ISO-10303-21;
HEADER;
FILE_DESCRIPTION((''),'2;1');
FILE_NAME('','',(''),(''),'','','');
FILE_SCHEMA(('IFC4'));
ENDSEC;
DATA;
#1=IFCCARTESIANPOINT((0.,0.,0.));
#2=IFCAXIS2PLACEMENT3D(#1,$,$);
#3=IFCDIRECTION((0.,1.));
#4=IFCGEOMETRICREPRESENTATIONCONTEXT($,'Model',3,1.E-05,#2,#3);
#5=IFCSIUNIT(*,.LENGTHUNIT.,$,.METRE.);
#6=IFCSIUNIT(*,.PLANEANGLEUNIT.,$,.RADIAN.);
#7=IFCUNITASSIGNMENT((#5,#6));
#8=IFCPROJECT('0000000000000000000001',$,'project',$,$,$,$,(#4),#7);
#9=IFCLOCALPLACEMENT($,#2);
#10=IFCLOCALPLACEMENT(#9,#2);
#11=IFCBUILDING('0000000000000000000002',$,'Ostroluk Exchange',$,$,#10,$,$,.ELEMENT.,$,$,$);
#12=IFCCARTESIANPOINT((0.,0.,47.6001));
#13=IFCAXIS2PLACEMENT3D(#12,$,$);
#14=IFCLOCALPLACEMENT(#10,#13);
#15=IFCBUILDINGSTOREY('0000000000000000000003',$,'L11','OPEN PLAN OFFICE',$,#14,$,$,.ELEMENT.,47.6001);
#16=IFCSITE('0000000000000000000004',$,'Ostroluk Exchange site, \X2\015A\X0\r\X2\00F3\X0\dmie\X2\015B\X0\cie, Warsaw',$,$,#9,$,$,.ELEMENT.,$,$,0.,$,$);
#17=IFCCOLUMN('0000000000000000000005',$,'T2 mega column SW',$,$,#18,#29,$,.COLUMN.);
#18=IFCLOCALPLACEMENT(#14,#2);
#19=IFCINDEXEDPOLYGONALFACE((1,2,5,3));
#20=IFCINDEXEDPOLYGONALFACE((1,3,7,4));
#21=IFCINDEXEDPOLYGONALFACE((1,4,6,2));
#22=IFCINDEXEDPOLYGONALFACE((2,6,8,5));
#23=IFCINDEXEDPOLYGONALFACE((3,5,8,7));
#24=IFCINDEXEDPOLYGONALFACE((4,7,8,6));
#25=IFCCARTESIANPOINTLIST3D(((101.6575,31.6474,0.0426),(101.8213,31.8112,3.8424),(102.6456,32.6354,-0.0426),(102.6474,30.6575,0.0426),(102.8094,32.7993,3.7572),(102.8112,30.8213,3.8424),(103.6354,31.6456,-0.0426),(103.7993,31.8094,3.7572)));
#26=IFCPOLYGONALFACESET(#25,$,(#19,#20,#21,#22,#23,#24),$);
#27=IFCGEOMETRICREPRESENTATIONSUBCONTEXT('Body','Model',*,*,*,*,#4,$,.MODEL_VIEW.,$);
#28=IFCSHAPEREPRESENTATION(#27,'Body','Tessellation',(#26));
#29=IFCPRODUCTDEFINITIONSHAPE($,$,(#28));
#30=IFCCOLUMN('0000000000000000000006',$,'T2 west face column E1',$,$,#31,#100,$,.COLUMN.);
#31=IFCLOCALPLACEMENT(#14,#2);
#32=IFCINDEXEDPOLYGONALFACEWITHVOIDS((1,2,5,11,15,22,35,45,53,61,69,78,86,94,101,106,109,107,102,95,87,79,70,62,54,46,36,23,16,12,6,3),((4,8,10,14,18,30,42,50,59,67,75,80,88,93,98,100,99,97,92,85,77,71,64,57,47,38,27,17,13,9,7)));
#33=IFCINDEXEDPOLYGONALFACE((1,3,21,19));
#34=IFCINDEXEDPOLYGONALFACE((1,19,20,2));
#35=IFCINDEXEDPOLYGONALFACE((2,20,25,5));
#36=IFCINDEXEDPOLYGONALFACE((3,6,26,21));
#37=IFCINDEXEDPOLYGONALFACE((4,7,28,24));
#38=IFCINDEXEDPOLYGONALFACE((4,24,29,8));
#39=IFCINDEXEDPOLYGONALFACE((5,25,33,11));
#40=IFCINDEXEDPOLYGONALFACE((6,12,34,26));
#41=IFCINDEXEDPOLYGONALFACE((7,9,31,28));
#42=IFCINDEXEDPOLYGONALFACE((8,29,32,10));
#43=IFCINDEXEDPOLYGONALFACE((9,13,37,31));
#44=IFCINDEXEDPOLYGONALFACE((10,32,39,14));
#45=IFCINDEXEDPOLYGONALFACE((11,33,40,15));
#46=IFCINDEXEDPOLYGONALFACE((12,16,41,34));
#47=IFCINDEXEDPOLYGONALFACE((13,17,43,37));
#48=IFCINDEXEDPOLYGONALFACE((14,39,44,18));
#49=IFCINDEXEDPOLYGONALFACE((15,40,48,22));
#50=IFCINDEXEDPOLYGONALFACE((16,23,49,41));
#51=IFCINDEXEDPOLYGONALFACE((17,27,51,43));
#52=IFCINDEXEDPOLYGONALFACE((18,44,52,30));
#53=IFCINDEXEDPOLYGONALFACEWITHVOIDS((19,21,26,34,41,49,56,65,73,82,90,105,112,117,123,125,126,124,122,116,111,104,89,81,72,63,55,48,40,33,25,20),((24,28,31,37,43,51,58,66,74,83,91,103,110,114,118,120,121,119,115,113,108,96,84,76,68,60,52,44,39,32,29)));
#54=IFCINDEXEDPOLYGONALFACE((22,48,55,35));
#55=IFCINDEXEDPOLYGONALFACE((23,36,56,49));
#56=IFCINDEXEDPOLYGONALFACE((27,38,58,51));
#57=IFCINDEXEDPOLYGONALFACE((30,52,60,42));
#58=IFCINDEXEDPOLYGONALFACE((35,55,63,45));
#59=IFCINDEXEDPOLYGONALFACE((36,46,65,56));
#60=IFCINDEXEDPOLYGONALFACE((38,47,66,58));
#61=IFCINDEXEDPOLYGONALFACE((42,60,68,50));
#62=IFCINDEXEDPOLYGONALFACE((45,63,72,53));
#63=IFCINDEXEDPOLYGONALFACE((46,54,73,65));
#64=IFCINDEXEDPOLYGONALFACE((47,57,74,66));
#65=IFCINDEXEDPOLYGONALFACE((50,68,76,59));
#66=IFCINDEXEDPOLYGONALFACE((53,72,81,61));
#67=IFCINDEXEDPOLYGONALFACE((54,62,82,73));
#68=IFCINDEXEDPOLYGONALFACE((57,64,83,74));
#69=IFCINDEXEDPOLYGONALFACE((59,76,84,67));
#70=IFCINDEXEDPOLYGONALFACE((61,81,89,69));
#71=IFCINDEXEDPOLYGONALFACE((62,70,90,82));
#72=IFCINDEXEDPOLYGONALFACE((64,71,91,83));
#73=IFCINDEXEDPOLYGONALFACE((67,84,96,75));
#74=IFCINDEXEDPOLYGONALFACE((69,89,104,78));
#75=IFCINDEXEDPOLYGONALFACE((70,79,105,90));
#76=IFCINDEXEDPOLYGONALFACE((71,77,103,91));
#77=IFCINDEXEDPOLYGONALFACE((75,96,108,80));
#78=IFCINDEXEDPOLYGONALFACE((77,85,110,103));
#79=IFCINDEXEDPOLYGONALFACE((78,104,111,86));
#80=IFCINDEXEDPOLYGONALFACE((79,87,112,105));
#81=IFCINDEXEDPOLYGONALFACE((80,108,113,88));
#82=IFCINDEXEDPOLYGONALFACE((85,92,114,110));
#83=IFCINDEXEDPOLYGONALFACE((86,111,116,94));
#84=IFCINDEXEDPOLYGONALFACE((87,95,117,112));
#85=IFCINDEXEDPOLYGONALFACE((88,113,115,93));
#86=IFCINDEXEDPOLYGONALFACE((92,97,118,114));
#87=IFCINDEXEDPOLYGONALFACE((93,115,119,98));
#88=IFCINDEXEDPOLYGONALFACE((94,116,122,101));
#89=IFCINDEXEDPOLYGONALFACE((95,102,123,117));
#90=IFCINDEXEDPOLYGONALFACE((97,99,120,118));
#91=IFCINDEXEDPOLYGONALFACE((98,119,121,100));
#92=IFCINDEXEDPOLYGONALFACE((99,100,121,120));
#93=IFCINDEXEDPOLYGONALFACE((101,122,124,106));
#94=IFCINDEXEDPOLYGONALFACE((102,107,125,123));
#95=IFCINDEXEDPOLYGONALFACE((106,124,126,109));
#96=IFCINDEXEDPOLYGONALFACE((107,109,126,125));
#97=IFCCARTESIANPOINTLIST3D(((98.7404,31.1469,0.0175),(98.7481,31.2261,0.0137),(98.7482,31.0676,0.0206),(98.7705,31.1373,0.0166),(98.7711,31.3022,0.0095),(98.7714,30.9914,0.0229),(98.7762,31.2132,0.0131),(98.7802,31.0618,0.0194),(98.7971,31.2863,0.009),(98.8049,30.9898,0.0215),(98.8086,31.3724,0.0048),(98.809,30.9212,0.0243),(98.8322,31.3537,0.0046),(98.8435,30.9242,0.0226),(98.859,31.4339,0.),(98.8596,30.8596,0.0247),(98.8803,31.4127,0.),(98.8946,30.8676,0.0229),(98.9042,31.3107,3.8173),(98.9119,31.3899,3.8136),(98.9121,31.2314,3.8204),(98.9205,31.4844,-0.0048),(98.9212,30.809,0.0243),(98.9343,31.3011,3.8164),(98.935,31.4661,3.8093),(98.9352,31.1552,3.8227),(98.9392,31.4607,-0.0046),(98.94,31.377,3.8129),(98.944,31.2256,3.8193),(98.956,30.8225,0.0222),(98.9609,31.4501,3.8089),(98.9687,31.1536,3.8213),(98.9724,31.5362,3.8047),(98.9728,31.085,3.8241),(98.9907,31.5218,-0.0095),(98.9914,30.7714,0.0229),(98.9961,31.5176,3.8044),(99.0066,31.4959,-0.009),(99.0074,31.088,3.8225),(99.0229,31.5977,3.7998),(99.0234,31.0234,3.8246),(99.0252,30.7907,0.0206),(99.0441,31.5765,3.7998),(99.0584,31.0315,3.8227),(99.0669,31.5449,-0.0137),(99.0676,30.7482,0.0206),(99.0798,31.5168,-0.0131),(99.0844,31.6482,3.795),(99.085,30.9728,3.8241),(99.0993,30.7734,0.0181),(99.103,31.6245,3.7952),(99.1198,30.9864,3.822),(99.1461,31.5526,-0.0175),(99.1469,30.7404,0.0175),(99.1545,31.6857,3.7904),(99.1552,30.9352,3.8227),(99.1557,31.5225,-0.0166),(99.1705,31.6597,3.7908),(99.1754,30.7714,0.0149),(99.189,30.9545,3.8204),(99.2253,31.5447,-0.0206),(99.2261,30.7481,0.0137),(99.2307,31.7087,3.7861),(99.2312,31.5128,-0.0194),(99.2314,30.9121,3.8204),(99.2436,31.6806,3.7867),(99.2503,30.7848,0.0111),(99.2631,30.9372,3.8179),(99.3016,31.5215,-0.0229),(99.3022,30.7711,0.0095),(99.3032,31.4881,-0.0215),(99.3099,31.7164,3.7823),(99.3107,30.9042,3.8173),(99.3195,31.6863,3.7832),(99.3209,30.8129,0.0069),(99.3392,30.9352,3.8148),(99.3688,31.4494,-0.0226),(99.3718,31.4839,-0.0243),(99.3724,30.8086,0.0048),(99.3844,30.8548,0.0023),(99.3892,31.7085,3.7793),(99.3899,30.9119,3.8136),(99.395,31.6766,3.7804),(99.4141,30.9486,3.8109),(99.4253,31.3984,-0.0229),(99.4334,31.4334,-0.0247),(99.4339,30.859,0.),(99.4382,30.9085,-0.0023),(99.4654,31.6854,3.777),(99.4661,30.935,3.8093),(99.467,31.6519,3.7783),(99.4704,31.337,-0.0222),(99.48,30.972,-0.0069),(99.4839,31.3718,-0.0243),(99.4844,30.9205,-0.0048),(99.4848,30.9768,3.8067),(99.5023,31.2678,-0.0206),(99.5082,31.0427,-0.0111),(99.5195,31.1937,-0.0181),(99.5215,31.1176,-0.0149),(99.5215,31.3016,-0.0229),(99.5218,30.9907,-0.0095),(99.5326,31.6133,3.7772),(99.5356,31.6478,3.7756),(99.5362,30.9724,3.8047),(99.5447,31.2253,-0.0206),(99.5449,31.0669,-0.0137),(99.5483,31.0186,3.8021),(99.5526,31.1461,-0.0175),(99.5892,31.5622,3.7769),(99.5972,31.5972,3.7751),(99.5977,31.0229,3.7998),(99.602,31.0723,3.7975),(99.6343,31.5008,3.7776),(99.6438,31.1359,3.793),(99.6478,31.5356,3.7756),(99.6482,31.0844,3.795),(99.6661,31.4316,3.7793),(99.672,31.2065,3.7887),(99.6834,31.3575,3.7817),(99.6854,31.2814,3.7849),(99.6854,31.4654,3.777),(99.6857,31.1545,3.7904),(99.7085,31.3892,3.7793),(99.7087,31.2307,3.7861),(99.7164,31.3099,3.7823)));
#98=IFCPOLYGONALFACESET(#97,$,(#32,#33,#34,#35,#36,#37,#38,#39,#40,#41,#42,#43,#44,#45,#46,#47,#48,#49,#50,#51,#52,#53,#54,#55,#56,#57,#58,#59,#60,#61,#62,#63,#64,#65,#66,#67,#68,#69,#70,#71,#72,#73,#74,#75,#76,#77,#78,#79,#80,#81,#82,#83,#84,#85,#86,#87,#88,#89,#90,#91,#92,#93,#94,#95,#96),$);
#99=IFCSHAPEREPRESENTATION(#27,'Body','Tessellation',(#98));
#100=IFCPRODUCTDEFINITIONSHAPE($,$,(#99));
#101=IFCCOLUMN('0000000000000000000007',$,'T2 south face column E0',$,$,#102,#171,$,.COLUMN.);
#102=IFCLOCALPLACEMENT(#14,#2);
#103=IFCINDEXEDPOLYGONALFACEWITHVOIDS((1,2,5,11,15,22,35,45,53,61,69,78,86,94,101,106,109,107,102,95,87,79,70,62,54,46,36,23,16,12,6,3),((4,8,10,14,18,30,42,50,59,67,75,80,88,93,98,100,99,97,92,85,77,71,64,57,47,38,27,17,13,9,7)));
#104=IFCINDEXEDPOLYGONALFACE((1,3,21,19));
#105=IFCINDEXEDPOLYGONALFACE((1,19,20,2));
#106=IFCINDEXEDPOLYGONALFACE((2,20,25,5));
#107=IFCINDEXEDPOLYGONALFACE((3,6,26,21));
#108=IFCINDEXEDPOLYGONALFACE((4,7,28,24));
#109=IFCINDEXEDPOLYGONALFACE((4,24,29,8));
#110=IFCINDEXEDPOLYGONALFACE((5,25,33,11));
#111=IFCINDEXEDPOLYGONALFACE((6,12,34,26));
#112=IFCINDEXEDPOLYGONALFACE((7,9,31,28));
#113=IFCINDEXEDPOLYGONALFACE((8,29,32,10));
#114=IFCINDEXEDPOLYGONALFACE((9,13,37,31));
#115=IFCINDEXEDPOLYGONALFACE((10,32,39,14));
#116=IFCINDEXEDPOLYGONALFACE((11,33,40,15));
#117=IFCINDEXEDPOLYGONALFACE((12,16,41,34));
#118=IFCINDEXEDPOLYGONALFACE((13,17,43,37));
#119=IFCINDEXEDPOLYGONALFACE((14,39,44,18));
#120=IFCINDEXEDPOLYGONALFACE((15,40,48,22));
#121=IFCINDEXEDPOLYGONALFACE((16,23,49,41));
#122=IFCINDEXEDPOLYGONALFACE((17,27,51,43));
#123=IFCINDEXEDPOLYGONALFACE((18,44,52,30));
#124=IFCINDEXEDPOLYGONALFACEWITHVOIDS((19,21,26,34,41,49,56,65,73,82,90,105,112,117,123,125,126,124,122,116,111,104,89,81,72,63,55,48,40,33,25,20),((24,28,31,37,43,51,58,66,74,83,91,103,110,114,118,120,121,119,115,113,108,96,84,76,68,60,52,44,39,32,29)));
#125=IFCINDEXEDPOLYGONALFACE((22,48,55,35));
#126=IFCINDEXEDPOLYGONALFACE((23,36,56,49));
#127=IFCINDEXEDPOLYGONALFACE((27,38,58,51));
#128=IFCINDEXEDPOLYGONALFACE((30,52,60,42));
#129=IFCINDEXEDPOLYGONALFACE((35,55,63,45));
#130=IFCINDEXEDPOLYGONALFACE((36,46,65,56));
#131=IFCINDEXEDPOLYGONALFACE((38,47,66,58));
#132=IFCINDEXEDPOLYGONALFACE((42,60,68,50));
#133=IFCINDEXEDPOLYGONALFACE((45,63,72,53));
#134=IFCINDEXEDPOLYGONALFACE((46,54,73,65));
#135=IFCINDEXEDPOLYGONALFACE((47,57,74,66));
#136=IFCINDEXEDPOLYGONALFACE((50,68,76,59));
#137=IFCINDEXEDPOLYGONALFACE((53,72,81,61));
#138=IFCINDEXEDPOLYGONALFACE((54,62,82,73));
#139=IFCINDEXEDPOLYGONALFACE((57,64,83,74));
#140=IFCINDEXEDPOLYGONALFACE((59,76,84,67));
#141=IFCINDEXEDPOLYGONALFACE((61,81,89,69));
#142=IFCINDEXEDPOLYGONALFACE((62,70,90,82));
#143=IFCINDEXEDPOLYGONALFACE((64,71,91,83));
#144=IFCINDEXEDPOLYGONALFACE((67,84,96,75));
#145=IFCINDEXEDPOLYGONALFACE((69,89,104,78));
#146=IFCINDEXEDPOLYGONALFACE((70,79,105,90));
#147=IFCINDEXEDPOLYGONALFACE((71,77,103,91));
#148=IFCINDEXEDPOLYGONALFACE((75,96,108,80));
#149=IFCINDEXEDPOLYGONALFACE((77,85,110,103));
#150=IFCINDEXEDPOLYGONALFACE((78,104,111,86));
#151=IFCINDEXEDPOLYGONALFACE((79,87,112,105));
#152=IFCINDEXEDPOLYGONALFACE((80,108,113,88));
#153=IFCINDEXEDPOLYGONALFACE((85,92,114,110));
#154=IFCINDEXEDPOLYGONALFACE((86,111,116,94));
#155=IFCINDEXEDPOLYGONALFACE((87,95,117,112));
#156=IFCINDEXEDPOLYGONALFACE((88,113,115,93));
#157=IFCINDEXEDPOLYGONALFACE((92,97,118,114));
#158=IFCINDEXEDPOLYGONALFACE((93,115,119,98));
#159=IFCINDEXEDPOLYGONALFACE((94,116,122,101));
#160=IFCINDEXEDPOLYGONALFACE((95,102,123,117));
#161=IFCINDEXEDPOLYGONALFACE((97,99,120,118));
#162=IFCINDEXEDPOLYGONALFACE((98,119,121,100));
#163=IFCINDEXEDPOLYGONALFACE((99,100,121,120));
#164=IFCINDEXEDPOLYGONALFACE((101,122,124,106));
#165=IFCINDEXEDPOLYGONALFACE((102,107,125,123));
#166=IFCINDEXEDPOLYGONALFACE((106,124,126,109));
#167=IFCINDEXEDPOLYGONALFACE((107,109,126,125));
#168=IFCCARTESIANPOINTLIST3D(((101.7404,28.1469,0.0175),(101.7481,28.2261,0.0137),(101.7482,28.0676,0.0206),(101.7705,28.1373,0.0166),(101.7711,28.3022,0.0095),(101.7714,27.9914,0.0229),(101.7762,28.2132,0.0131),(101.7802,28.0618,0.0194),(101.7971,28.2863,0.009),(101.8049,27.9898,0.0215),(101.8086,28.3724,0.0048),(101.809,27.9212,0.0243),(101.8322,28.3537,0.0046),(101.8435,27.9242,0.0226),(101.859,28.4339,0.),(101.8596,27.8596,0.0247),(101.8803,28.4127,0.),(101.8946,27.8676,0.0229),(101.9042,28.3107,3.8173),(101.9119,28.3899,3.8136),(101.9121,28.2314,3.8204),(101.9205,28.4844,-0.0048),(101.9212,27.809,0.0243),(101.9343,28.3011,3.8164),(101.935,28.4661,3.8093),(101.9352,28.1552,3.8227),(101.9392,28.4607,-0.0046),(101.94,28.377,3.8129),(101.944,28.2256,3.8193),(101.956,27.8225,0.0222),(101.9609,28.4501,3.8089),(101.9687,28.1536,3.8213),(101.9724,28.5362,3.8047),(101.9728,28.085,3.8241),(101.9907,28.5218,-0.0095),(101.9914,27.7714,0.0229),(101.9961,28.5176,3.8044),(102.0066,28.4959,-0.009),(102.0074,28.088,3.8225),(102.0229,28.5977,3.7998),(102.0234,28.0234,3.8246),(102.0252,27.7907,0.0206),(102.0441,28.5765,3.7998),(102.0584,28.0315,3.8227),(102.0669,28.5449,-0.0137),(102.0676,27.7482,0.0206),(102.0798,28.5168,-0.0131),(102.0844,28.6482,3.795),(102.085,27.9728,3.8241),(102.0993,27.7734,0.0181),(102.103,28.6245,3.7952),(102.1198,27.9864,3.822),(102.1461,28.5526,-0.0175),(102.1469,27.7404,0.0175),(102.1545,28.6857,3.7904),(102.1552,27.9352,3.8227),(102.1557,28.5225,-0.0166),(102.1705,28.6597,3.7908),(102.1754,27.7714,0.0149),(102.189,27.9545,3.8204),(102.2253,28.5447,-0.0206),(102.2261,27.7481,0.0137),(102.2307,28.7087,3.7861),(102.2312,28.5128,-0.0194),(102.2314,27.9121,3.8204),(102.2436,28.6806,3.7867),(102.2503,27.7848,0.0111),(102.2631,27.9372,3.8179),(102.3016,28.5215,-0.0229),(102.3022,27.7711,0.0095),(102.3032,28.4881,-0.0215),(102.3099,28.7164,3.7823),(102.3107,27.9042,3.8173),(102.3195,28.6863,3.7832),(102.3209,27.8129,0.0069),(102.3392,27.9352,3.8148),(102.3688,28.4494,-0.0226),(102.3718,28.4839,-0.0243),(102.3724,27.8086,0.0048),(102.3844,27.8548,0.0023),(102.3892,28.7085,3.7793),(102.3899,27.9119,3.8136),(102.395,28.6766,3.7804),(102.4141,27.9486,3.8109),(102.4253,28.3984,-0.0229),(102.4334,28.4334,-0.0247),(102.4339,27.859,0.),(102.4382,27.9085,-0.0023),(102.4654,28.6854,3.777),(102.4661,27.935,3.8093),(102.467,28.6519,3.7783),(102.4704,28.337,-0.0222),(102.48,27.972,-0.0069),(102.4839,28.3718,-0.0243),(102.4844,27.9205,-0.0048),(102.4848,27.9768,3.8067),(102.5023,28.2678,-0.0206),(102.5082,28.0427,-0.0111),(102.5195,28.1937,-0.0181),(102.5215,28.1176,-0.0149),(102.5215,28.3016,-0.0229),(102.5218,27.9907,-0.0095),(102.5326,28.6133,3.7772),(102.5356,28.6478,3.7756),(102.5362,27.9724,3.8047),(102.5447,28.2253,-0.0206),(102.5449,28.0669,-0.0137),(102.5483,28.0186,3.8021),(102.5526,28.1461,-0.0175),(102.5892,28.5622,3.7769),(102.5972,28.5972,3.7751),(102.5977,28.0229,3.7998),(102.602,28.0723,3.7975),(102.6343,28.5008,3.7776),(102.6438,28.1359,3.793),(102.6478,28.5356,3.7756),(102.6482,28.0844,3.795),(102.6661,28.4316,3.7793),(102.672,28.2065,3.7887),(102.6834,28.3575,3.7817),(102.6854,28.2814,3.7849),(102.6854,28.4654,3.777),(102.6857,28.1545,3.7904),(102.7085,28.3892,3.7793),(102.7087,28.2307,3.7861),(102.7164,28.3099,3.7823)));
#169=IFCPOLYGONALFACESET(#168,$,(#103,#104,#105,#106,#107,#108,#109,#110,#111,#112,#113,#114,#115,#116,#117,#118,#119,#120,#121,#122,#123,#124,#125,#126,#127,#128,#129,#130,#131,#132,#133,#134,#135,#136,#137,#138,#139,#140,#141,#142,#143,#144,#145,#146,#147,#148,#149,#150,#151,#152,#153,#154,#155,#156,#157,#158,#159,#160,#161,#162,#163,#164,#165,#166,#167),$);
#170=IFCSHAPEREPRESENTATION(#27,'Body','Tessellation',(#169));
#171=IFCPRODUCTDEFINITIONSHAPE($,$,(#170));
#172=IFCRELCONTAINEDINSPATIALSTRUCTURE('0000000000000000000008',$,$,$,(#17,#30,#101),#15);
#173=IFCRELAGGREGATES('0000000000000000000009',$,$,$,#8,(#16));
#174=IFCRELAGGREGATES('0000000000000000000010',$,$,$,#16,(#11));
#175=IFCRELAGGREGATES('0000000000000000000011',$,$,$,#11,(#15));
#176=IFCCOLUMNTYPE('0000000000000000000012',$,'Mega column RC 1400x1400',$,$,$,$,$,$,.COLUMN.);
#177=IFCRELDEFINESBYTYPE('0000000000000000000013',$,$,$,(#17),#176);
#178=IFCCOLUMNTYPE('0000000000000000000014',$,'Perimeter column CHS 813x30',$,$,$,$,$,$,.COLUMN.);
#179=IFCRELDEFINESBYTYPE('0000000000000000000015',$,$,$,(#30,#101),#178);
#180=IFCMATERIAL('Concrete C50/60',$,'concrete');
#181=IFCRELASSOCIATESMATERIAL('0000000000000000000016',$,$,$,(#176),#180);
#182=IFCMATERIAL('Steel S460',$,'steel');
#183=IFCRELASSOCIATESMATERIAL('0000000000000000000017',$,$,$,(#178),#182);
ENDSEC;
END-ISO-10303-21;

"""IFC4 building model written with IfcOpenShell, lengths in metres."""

from ifc_helpers import new_model, si_unit, direction, frame, origin, origin_2d, place, context, subcontext, project, spatial, rectangle, hollow_circle, extrude, material, material_profile, profile_set, type_object, element, save


model = new_model("IFC4")

# Units and contexts
model_context = context("Model", 3, precision=1e-05, world=origin(), true_north=direction((0.0, 1.0)))
body_context = subcontext(model_context, "Body", "Model", "MODEL_VIEW")
ifc_project = project(units=[si_unit("LENGTHUNIT", "METRE"), si_unit("PLANEANGLEUNIT", "RADIAN")], contexts=[model_context])

# Site, building, storey
site_placement = place(None, origin())
site = spatial("IfcSite", under=ifc_project, at=site_placement, Name="Ostroluk Exchange site, Śródmieście, Warsaw", CompositionType="ELEMENT", RefElevation=0.0)
building_placement = place(site_placement, origin())
building = spatial("IfcBuilding", under=site, at=building_placement, Name="Ostroluk Exchange", CompositionType="ELEMENT")
storey_placement = place(building_placement, frame((0.0, 0.0, 47.6001)))
storey = spatial("IfcBuildingStorey", under=building, at=storey_placement, Name="L11", Description="OPEN PLAN OFFICE", CompositionType="ELEMENT", Elevation=47.6001)

# Columns
ifc_material_1 = material(Name="Concrete C50/60", Category="concrete")
ifc_material_profile_1 = material_profile(ifc_material_1, rectangle(XDim=1.3999, YDim=1.3999, at=origin_2d()), Name="RC 1400x1400")
ifc_profile_set_1 = profile_set([ifc_material_profile_1], Name="Concrete C50/60")
column_type_1 = type_object("IfcColumnType", Name="Mega column RC 1400x1400", PredefinedType="COLUMN", material=ifc_profile_set_1)
column_1_placement = place(storey_placement, frame((102.6465, 31.6465, 0.0), z_axis=(0.043032, 0.043032, 0.998146), x_axis=(-0.707107, 0.707107, 0.0)))
element("IfcColumn", 1, at=column_1_placement, inside=storey, type_object=column_type_1, Name="T2 mega column SW", PredefinedType="COLUMN", context=body_context, shape_type="SweptSolid", body=[
    extrude(rectangle(XDim=1.3999, YDim=1.3999, at=origin_2d()), origin(), (0.0, 0.0, 1.0), 3.8069),
])
ifc_material_2 = material(Name="Steel S460", Category="steel")
ifc_material_profile_2 = material_profile(ifc_material_2, hollow_circle(Radius=0.4065, WallThickness=0.03, at=origin_2d()), Name="CHS 813x30")
ifc_profile_set_2 = profile_set([ifc_material_profile_2], Name="Steel S460")
column_type_2 = type_object("IfcColumnType", Name="Perimeter column CHS 813x30", PredefinedType="COLUMN", material=ifc_profile_set_2)
for number, where, z_axis, x_axis, name in (
    (2, (99.1465, 31.1465, 0.0), (0.043032, 0.043032, 0.998146), (-0.707107, 0.707107, 0.0), "T2 west face column E1"),
    (3, (102.1465, 28.1465, 0.0), (0.043032, 0.043032, 0.998146), (-0.707107, 0.707107, 0.0), "T2 south face column E0"),
):
    element("IfcColumn", number, at=place(storey_placement, frame(where, z_axis=z_axis, x_axis=x_axis)), inside=storey, type_object=column_type_2, Name=name, PredefinedType="COLUMN", context=body_context, shape_type="SweptSolid", body=[
        extrude(hollow_circle(Radius=0.4065, WallThickness=0.03, at=origin_2d()), origin(), (0.0, 0.0, 1.0), 3.8069),
    ])

save(model, "model.ifc")
